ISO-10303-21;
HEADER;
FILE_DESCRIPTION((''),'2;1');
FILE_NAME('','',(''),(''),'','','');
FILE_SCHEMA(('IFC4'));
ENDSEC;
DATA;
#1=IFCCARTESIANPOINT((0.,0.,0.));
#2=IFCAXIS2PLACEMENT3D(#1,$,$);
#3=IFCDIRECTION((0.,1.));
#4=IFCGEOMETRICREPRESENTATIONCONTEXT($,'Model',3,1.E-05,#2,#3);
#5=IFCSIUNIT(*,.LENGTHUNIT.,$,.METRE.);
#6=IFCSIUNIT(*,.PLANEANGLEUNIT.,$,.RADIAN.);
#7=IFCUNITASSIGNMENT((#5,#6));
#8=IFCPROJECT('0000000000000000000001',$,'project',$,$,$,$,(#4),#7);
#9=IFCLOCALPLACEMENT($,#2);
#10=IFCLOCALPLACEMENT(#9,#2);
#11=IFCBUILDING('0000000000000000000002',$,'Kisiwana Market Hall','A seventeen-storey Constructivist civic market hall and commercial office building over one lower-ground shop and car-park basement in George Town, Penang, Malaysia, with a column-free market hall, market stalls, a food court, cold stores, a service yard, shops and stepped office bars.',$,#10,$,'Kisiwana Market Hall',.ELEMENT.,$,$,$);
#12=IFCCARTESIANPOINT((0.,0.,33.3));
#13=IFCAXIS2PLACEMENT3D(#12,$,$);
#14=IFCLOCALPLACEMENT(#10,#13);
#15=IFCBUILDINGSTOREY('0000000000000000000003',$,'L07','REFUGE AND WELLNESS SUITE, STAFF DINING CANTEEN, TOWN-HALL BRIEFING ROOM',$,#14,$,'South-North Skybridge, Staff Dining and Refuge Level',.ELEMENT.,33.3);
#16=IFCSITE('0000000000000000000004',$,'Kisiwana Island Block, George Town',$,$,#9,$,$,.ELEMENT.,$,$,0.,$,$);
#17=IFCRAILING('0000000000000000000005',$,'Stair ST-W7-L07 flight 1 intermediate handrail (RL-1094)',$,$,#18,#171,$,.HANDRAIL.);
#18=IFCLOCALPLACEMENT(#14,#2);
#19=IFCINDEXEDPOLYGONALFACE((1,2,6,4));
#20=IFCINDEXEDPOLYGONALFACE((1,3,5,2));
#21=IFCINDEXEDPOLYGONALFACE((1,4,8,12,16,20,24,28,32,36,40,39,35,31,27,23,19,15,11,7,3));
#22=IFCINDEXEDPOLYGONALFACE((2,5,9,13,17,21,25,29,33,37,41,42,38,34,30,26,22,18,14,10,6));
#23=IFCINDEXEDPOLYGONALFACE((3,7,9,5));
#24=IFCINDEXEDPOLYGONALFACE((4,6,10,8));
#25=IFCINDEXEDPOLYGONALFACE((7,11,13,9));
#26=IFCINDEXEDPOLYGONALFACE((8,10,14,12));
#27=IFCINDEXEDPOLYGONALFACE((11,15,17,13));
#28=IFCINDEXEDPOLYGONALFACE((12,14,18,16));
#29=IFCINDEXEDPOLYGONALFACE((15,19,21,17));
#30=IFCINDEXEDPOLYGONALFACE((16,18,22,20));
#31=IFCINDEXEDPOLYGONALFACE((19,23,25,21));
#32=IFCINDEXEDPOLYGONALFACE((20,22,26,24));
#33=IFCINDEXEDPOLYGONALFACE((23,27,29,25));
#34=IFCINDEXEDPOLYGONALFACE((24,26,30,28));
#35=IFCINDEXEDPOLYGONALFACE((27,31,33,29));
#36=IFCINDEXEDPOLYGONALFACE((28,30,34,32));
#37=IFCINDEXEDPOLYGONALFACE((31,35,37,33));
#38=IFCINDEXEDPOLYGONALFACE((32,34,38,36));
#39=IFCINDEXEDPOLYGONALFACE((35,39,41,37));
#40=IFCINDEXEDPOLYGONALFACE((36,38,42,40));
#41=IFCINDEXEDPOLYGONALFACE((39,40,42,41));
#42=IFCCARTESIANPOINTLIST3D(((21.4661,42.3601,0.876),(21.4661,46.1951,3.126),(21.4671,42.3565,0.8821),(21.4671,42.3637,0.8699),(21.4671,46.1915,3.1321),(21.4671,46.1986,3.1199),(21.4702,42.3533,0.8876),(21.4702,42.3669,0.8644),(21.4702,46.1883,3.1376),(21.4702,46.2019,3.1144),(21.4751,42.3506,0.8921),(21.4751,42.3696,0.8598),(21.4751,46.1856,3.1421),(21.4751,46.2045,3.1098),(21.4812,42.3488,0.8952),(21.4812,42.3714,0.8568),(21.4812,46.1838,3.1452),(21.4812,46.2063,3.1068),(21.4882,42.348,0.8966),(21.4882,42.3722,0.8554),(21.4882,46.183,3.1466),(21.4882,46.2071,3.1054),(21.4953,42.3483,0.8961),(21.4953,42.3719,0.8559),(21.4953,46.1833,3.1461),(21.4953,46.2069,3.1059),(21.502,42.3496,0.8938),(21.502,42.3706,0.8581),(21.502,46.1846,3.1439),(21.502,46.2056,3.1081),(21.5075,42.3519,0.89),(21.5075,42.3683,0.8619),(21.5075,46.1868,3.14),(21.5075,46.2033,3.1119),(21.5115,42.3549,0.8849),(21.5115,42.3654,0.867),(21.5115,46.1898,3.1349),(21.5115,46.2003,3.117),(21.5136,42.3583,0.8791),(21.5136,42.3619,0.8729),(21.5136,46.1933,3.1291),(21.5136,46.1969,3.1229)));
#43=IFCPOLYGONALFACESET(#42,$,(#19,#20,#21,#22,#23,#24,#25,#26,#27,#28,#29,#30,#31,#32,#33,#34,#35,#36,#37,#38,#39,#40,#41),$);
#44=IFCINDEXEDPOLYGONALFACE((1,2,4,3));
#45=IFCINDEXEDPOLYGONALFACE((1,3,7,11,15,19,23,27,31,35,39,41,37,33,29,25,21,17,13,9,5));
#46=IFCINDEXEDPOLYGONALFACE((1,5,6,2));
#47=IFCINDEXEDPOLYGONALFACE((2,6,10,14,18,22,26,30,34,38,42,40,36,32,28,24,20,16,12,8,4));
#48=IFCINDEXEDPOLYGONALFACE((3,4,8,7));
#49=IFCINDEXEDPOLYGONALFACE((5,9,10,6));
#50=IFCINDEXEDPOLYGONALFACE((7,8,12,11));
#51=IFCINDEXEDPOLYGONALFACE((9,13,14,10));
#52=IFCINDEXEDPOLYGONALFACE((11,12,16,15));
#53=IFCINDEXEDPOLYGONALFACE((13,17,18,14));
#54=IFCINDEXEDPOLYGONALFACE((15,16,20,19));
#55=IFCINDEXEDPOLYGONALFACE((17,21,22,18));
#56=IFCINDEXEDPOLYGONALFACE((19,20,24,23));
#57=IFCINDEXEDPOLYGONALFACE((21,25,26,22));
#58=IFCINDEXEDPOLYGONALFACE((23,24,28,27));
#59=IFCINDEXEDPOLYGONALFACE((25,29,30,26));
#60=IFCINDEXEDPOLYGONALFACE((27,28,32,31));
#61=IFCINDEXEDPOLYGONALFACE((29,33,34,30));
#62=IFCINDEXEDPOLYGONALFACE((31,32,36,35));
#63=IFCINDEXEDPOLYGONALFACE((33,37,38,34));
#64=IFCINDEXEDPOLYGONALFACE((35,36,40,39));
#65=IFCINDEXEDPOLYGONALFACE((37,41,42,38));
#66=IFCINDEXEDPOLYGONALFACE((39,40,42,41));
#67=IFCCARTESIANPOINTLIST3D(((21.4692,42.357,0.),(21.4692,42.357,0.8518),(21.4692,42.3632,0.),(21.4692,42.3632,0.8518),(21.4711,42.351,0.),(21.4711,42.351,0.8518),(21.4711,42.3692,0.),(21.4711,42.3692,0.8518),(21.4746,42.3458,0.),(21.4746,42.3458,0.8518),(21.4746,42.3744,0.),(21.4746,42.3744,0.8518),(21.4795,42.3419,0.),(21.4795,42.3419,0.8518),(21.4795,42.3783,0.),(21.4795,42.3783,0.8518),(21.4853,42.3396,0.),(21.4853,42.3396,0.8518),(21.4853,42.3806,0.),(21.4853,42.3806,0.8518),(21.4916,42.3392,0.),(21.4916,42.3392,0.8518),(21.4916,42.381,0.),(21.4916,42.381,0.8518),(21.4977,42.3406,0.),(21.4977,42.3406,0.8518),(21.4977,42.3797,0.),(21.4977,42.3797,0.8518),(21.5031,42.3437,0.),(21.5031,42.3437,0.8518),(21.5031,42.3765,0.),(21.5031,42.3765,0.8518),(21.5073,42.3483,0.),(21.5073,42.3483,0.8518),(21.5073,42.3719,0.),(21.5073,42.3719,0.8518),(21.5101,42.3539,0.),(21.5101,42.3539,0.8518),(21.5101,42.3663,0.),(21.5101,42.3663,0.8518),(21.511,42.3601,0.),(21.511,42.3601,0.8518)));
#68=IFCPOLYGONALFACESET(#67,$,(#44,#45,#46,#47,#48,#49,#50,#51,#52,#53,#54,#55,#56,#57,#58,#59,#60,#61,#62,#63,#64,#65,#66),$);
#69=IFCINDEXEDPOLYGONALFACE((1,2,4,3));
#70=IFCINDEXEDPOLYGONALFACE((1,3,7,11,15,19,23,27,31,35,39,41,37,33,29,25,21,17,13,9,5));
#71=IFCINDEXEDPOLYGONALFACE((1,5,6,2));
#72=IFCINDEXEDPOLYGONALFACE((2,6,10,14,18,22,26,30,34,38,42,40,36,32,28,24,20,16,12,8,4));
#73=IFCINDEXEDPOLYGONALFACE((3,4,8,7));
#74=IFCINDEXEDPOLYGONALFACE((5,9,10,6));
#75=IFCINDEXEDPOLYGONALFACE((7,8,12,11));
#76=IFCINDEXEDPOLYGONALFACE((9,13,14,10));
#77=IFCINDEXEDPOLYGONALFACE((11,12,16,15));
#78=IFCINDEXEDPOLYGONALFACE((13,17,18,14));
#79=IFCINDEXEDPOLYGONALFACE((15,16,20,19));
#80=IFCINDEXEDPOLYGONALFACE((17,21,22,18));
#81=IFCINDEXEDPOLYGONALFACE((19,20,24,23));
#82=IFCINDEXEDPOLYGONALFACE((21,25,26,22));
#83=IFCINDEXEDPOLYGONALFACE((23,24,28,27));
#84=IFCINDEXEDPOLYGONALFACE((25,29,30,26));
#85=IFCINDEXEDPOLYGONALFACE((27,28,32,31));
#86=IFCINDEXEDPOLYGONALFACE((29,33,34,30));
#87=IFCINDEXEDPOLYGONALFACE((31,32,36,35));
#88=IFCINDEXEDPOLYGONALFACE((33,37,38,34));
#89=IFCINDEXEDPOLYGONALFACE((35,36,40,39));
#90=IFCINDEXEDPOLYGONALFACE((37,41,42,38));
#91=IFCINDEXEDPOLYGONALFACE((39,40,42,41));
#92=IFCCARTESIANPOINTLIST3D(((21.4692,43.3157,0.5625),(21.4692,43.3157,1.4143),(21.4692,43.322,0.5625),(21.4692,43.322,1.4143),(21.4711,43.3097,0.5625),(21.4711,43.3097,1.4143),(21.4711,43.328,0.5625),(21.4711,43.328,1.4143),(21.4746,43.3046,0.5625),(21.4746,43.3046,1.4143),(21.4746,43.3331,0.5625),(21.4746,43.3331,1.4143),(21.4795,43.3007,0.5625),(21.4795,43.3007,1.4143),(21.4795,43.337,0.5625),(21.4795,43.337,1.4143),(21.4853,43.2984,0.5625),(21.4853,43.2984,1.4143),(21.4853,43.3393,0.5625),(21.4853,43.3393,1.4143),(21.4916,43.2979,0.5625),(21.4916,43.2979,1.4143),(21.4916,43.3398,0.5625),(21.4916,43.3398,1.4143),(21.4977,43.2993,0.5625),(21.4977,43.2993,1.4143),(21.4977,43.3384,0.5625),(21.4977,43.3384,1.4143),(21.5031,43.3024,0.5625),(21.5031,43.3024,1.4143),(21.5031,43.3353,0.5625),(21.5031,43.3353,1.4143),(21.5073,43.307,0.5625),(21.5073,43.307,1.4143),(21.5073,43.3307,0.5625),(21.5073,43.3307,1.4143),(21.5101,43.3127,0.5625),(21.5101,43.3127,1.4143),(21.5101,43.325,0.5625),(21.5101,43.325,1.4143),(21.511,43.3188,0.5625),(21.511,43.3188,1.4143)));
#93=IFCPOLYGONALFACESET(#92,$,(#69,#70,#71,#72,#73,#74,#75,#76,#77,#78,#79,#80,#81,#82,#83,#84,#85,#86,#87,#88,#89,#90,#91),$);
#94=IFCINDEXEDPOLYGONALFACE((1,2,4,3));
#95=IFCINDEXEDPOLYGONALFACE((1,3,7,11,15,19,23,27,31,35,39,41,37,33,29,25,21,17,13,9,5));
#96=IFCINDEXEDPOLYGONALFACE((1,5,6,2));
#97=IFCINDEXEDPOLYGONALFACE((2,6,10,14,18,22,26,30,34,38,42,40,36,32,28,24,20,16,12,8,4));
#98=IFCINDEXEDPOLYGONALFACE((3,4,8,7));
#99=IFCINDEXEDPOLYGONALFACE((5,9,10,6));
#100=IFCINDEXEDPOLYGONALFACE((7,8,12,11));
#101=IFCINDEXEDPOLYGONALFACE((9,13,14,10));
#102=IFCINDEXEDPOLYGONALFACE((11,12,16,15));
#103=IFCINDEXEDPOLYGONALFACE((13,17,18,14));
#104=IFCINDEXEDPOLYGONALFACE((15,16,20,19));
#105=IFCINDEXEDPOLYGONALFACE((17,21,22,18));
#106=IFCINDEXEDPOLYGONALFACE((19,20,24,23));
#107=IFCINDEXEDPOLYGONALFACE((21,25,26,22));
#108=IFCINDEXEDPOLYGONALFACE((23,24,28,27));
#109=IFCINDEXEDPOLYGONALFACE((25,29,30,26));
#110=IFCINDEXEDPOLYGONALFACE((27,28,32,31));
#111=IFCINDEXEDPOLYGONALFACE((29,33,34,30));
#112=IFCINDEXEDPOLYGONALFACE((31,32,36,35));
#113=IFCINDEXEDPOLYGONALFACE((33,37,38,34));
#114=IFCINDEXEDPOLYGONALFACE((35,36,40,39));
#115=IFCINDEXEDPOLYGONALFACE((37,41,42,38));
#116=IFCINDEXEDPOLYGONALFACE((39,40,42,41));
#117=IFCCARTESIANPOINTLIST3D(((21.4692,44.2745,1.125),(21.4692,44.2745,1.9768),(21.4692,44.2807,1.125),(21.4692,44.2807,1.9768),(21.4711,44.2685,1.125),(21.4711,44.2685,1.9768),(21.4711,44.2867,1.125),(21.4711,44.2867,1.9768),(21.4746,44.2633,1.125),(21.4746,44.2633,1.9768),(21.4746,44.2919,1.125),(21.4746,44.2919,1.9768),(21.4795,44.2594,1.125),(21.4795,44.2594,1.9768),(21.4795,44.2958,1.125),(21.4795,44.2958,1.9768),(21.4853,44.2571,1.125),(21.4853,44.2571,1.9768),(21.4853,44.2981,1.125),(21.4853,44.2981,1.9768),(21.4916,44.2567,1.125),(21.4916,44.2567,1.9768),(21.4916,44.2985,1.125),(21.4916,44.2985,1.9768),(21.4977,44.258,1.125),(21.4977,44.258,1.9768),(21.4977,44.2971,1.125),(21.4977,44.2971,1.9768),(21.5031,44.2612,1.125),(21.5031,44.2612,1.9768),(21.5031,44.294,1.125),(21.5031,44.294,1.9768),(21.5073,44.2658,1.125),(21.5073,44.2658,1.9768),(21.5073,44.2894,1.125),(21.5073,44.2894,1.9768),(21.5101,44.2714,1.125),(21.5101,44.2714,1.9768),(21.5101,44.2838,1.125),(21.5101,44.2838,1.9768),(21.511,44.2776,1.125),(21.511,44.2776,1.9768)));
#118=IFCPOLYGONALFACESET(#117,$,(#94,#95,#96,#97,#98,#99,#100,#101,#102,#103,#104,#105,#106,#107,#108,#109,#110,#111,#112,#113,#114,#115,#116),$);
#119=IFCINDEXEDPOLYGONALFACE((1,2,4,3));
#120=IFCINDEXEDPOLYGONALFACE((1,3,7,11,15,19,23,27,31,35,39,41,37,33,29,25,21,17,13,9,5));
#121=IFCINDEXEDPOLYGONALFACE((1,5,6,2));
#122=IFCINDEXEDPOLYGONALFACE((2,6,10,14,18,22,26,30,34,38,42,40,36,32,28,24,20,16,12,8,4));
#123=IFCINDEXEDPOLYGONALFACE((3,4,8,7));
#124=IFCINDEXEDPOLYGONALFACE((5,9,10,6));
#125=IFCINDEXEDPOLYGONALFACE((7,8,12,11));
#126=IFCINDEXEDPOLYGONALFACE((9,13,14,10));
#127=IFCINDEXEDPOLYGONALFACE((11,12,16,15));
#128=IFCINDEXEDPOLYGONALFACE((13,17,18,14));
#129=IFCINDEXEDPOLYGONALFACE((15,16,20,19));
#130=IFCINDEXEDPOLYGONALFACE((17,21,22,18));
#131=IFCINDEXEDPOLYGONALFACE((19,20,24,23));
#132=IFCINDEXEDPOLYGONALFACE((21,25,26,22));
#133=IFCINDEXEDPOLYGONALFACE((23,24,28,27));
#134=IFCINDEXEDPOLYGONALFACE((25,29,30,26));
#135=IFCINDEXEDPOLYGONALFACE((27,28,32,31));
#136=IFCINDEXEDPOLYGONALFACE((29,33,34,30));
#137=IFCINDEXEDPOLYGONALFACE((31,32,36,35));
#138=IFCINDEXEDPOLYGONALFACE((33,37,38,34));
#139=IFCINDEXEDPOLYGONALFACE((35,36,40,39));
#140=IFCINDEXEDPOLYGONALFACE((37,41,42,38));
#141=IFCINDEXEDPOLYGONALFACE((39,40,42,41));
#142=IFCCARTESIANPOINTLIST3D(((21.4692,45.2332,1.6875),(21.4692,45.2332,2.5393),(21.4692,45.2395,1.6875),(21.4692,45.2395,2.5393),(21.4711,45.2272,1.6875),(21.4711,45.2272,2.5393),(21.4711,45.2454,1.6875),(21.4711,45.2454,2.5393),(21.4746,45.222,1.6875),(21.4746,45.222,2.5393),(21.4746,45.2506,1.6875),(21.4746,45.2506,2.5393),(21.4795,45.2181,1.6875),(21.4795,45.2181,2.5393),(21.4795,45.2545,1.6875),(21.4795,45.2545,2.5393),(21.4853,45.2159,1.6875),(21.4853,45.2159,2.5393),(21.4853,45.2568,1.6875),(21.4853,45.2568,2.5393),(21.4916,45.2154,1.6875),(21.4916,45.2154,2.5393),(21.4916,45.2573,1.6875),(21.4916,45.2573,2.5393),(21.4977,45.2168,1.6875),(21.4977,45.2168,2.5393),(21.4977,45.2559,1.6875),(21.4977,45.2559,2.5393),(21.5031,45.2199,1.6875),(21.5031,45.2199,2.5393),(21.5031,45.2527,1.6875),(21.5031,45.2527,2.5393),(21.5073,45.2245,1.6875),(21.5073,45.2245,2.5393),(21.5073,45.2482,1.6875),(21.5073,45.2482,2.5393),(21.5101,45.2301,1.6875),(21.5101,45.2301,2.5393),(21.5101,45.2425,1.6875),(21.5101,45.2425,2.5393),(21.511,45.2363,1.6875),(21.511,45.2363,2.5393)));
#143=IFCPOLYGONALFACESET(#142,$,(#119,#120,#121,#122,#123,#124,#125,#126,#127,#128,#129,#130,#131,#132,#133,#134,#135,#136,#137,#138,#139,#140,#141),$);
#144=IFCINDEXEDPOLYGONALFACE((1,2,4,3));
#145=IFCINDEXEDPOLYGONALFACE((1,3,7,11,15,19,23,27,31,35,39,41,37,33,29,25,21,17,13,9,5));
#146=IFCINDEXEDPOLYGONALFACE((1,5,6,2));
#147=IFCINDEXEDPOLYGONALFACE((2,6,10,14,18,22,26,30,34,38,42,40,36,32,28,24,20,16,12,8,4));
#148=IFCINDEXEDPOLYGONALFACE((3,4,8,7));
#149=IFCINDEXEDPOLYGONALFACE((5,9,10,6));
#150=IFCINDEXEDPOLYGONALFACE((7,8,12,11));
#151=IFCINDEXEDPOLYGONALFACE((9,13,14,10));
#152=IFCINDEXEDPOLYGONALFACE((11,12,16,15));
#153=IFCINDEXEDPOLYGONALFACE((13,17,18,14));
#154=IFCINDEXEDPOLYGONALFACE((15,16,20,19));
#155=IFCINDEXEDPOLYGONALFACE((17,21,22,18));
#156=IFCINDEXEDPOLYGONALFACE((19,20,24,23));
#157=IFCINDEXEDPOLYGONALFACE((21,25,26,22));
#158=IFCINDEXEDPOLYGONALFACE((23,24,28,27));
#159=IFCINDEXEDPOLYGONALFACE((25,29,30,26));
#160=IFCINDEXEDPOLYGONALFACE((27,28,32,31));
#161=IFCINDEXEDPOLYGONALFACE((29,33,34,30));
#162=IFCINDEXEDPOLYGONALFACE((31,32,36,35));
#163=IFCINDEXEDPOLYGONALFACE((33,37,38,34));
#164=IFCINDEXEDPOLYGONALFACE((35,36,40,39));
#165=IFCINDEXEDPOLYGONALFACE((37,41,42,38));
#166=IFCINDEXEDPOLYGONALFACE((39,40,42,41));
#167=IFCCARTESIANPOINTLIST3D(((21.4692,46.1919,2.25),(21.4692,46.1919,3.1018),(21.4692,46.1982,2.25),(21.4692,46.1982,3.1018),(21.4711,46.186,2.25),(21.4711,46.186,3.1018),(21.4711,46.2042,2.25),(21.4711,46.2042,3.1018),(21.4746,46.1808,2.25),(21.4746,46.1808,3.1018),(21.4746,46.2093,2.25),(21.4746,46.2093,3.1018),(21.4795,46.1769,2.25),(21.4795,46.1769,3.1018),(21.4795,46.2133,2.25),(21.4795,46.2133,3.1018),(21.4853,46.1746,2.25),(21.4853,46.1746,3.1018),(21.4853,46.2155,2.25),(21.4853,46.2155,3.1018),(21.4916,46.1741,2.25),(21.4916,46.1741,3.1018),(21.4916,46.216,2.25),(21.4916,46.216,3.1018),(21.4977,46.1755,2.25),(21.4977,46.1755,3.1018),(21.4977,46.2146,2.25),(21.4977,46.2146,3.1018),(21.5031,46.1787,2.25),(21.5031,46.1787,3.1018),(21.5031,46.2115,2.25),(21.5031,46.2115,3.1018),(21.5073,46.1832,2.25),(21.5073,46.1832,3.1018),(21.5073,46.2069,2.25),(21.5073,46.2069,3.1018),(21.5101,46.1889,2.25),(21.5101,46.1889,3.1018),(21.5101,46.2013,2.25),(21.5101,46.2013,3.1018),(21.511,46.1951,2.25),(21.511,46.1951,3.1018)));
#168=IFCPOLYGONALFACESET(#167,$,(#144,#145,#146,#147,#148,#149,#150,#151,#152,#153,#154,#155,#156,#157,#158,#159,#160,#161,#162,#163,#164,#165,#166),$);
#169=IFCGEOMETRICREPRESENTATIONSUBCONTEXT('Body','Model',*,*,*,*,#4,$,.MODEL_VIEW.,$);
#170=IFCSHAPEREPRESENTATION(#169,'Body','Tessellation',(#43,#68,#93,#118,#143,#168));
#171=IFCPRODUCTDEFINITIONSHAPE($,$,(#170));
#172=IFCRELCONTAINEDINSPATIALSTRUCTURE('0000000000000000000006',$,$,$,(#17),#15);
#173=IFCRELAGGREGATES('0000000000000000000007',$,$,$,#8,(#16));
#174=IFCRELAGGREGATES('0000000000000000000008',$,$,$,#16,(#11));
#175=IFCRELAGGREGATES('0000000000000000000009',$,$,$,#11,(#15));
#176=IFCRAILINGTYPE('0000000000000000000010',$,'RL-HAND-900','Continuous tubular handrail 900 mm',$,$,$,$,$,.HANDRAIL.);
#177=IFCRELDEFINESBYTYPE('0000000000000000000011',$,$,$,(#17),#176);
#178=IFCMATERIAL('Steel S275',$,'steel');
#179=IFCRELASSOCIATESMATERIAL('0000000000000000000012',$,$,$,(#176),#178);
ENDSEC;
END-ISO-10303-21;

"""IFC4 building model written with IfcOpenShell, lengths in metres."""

from ifc_helpers import new_model, si_unit, direction, frame, origin, origin_2d, place, context, subcontext, project, spatial, circle, extrude, material, type_object, element, save


model = new_model("IFC4")

# Units and contexts
model_context = context("Model", 3, precision=1e-05, world=origin(), true_north=direction((0.0, 1.0)))
body_context = subcontext(model_context, "Body", "Model", "MODEL_VIEW")
ifc_project = project(units=[si_unit("LENGTHUNIT", "METRE"), si_unit("PLANEANGLEUNIT", "RADIAN")], contexts=[model_context])

# Site, building, storey
site_placement = place(None, origin())
site = spatial("IfcSite", under=ifc_project, at=site_placement, Name="Kisiwana Island Block, George Town", CompositionType="ELEMENT", RefElevation=0.0)
building_placement = place(site_placement, origin())
building = spatial("IfcBuilding", under=site, at=building_placement, Name="Kisiwana Market Hall", Description="A seventeen-storey Constructivist civic market hall and commercial office building over one lower-ground shop and car-park basement in George Town, Penang, Malaysia, with a column-free market hall, market stalls, a food court, cold stores, a service yard, shops and stepped office bars.", LongName="Kisiwana Market Hall", CompositionType="ELEMENT")
storey_placement = place(building_placement, frame((0.0, 0.0, 33.3)))
storey = spatial("IfcBuildingStorey", under=building, at=storey_placement, Name="L07", Description="REFUGE AND WELLNESS SUITE, STAFF DINING CANTEEN, TOWN-HALL BRIEFING ROOM", LongName="South-North Skybridge, Staff Dining and Refuge Level", CompositionType="ELEMENT", Elevation=33.3)

# Railing
ifc_material_1 = material(Name="Steel S275", Category="steel")
railing_type_1 = type_object("IfcRailingType", Name="RL-HAND-900", Description="Continuous tubular handrail 900 mm", PredefinedType="HANDRAIL", material=ifc_material_1)
railing_1_placement = place(storey_placement, frame((21.49, 42.3601, 0.0)))
element("IfcRailing", 1, at=railing_1_placement, inside=storey, type_object=railing_type_1, Name="Stair ST-W7-L07 flight 1 intermediate handrail (RL-1094)", PredefinedType="HANDRAIL", context=body_context, shape_type="SweptSolid", body=[
    extrude(circle(Radius=0.0239, at=origin_2d()), frame((0.0, 0.0, 0.876), z_axis=(0.0, 0.86251, 0.506041), x_axis=(-1.0, 0.0, 0.0)), (0.0, 0.0, 1.0), 4.4463),
    extrude(circle(Radius=0.021, at=origin_2d()), origin(), (0.0, 0.0, 1.0), 0.8518),
    extrude(circle(Radius=0.021, at=origin_2d()), frame((0.0, 0.9587, 0.5625)), (0.0, 0.0, 1.0), 0.8518),
    extrude(circle(Radius=0.021, at=origin_2d()), frame((0.0, 1.9175, 1.125)), (0.0, 0.0, 1.0), 0.8518),
    extrude(circle(Radius=0.021, at=origin_2d()), frame((0.0, 2.8762, 1.6875)), (0.0, 0.0, 1.0), 0.8518),
    extrude(circle(Radius=0.021, at=origin_2d()), frame((0.0, 3.835, 2.25)), (0.0, 0.0, 1.0), 0.8518),
])

save(model, "model.ifc")
